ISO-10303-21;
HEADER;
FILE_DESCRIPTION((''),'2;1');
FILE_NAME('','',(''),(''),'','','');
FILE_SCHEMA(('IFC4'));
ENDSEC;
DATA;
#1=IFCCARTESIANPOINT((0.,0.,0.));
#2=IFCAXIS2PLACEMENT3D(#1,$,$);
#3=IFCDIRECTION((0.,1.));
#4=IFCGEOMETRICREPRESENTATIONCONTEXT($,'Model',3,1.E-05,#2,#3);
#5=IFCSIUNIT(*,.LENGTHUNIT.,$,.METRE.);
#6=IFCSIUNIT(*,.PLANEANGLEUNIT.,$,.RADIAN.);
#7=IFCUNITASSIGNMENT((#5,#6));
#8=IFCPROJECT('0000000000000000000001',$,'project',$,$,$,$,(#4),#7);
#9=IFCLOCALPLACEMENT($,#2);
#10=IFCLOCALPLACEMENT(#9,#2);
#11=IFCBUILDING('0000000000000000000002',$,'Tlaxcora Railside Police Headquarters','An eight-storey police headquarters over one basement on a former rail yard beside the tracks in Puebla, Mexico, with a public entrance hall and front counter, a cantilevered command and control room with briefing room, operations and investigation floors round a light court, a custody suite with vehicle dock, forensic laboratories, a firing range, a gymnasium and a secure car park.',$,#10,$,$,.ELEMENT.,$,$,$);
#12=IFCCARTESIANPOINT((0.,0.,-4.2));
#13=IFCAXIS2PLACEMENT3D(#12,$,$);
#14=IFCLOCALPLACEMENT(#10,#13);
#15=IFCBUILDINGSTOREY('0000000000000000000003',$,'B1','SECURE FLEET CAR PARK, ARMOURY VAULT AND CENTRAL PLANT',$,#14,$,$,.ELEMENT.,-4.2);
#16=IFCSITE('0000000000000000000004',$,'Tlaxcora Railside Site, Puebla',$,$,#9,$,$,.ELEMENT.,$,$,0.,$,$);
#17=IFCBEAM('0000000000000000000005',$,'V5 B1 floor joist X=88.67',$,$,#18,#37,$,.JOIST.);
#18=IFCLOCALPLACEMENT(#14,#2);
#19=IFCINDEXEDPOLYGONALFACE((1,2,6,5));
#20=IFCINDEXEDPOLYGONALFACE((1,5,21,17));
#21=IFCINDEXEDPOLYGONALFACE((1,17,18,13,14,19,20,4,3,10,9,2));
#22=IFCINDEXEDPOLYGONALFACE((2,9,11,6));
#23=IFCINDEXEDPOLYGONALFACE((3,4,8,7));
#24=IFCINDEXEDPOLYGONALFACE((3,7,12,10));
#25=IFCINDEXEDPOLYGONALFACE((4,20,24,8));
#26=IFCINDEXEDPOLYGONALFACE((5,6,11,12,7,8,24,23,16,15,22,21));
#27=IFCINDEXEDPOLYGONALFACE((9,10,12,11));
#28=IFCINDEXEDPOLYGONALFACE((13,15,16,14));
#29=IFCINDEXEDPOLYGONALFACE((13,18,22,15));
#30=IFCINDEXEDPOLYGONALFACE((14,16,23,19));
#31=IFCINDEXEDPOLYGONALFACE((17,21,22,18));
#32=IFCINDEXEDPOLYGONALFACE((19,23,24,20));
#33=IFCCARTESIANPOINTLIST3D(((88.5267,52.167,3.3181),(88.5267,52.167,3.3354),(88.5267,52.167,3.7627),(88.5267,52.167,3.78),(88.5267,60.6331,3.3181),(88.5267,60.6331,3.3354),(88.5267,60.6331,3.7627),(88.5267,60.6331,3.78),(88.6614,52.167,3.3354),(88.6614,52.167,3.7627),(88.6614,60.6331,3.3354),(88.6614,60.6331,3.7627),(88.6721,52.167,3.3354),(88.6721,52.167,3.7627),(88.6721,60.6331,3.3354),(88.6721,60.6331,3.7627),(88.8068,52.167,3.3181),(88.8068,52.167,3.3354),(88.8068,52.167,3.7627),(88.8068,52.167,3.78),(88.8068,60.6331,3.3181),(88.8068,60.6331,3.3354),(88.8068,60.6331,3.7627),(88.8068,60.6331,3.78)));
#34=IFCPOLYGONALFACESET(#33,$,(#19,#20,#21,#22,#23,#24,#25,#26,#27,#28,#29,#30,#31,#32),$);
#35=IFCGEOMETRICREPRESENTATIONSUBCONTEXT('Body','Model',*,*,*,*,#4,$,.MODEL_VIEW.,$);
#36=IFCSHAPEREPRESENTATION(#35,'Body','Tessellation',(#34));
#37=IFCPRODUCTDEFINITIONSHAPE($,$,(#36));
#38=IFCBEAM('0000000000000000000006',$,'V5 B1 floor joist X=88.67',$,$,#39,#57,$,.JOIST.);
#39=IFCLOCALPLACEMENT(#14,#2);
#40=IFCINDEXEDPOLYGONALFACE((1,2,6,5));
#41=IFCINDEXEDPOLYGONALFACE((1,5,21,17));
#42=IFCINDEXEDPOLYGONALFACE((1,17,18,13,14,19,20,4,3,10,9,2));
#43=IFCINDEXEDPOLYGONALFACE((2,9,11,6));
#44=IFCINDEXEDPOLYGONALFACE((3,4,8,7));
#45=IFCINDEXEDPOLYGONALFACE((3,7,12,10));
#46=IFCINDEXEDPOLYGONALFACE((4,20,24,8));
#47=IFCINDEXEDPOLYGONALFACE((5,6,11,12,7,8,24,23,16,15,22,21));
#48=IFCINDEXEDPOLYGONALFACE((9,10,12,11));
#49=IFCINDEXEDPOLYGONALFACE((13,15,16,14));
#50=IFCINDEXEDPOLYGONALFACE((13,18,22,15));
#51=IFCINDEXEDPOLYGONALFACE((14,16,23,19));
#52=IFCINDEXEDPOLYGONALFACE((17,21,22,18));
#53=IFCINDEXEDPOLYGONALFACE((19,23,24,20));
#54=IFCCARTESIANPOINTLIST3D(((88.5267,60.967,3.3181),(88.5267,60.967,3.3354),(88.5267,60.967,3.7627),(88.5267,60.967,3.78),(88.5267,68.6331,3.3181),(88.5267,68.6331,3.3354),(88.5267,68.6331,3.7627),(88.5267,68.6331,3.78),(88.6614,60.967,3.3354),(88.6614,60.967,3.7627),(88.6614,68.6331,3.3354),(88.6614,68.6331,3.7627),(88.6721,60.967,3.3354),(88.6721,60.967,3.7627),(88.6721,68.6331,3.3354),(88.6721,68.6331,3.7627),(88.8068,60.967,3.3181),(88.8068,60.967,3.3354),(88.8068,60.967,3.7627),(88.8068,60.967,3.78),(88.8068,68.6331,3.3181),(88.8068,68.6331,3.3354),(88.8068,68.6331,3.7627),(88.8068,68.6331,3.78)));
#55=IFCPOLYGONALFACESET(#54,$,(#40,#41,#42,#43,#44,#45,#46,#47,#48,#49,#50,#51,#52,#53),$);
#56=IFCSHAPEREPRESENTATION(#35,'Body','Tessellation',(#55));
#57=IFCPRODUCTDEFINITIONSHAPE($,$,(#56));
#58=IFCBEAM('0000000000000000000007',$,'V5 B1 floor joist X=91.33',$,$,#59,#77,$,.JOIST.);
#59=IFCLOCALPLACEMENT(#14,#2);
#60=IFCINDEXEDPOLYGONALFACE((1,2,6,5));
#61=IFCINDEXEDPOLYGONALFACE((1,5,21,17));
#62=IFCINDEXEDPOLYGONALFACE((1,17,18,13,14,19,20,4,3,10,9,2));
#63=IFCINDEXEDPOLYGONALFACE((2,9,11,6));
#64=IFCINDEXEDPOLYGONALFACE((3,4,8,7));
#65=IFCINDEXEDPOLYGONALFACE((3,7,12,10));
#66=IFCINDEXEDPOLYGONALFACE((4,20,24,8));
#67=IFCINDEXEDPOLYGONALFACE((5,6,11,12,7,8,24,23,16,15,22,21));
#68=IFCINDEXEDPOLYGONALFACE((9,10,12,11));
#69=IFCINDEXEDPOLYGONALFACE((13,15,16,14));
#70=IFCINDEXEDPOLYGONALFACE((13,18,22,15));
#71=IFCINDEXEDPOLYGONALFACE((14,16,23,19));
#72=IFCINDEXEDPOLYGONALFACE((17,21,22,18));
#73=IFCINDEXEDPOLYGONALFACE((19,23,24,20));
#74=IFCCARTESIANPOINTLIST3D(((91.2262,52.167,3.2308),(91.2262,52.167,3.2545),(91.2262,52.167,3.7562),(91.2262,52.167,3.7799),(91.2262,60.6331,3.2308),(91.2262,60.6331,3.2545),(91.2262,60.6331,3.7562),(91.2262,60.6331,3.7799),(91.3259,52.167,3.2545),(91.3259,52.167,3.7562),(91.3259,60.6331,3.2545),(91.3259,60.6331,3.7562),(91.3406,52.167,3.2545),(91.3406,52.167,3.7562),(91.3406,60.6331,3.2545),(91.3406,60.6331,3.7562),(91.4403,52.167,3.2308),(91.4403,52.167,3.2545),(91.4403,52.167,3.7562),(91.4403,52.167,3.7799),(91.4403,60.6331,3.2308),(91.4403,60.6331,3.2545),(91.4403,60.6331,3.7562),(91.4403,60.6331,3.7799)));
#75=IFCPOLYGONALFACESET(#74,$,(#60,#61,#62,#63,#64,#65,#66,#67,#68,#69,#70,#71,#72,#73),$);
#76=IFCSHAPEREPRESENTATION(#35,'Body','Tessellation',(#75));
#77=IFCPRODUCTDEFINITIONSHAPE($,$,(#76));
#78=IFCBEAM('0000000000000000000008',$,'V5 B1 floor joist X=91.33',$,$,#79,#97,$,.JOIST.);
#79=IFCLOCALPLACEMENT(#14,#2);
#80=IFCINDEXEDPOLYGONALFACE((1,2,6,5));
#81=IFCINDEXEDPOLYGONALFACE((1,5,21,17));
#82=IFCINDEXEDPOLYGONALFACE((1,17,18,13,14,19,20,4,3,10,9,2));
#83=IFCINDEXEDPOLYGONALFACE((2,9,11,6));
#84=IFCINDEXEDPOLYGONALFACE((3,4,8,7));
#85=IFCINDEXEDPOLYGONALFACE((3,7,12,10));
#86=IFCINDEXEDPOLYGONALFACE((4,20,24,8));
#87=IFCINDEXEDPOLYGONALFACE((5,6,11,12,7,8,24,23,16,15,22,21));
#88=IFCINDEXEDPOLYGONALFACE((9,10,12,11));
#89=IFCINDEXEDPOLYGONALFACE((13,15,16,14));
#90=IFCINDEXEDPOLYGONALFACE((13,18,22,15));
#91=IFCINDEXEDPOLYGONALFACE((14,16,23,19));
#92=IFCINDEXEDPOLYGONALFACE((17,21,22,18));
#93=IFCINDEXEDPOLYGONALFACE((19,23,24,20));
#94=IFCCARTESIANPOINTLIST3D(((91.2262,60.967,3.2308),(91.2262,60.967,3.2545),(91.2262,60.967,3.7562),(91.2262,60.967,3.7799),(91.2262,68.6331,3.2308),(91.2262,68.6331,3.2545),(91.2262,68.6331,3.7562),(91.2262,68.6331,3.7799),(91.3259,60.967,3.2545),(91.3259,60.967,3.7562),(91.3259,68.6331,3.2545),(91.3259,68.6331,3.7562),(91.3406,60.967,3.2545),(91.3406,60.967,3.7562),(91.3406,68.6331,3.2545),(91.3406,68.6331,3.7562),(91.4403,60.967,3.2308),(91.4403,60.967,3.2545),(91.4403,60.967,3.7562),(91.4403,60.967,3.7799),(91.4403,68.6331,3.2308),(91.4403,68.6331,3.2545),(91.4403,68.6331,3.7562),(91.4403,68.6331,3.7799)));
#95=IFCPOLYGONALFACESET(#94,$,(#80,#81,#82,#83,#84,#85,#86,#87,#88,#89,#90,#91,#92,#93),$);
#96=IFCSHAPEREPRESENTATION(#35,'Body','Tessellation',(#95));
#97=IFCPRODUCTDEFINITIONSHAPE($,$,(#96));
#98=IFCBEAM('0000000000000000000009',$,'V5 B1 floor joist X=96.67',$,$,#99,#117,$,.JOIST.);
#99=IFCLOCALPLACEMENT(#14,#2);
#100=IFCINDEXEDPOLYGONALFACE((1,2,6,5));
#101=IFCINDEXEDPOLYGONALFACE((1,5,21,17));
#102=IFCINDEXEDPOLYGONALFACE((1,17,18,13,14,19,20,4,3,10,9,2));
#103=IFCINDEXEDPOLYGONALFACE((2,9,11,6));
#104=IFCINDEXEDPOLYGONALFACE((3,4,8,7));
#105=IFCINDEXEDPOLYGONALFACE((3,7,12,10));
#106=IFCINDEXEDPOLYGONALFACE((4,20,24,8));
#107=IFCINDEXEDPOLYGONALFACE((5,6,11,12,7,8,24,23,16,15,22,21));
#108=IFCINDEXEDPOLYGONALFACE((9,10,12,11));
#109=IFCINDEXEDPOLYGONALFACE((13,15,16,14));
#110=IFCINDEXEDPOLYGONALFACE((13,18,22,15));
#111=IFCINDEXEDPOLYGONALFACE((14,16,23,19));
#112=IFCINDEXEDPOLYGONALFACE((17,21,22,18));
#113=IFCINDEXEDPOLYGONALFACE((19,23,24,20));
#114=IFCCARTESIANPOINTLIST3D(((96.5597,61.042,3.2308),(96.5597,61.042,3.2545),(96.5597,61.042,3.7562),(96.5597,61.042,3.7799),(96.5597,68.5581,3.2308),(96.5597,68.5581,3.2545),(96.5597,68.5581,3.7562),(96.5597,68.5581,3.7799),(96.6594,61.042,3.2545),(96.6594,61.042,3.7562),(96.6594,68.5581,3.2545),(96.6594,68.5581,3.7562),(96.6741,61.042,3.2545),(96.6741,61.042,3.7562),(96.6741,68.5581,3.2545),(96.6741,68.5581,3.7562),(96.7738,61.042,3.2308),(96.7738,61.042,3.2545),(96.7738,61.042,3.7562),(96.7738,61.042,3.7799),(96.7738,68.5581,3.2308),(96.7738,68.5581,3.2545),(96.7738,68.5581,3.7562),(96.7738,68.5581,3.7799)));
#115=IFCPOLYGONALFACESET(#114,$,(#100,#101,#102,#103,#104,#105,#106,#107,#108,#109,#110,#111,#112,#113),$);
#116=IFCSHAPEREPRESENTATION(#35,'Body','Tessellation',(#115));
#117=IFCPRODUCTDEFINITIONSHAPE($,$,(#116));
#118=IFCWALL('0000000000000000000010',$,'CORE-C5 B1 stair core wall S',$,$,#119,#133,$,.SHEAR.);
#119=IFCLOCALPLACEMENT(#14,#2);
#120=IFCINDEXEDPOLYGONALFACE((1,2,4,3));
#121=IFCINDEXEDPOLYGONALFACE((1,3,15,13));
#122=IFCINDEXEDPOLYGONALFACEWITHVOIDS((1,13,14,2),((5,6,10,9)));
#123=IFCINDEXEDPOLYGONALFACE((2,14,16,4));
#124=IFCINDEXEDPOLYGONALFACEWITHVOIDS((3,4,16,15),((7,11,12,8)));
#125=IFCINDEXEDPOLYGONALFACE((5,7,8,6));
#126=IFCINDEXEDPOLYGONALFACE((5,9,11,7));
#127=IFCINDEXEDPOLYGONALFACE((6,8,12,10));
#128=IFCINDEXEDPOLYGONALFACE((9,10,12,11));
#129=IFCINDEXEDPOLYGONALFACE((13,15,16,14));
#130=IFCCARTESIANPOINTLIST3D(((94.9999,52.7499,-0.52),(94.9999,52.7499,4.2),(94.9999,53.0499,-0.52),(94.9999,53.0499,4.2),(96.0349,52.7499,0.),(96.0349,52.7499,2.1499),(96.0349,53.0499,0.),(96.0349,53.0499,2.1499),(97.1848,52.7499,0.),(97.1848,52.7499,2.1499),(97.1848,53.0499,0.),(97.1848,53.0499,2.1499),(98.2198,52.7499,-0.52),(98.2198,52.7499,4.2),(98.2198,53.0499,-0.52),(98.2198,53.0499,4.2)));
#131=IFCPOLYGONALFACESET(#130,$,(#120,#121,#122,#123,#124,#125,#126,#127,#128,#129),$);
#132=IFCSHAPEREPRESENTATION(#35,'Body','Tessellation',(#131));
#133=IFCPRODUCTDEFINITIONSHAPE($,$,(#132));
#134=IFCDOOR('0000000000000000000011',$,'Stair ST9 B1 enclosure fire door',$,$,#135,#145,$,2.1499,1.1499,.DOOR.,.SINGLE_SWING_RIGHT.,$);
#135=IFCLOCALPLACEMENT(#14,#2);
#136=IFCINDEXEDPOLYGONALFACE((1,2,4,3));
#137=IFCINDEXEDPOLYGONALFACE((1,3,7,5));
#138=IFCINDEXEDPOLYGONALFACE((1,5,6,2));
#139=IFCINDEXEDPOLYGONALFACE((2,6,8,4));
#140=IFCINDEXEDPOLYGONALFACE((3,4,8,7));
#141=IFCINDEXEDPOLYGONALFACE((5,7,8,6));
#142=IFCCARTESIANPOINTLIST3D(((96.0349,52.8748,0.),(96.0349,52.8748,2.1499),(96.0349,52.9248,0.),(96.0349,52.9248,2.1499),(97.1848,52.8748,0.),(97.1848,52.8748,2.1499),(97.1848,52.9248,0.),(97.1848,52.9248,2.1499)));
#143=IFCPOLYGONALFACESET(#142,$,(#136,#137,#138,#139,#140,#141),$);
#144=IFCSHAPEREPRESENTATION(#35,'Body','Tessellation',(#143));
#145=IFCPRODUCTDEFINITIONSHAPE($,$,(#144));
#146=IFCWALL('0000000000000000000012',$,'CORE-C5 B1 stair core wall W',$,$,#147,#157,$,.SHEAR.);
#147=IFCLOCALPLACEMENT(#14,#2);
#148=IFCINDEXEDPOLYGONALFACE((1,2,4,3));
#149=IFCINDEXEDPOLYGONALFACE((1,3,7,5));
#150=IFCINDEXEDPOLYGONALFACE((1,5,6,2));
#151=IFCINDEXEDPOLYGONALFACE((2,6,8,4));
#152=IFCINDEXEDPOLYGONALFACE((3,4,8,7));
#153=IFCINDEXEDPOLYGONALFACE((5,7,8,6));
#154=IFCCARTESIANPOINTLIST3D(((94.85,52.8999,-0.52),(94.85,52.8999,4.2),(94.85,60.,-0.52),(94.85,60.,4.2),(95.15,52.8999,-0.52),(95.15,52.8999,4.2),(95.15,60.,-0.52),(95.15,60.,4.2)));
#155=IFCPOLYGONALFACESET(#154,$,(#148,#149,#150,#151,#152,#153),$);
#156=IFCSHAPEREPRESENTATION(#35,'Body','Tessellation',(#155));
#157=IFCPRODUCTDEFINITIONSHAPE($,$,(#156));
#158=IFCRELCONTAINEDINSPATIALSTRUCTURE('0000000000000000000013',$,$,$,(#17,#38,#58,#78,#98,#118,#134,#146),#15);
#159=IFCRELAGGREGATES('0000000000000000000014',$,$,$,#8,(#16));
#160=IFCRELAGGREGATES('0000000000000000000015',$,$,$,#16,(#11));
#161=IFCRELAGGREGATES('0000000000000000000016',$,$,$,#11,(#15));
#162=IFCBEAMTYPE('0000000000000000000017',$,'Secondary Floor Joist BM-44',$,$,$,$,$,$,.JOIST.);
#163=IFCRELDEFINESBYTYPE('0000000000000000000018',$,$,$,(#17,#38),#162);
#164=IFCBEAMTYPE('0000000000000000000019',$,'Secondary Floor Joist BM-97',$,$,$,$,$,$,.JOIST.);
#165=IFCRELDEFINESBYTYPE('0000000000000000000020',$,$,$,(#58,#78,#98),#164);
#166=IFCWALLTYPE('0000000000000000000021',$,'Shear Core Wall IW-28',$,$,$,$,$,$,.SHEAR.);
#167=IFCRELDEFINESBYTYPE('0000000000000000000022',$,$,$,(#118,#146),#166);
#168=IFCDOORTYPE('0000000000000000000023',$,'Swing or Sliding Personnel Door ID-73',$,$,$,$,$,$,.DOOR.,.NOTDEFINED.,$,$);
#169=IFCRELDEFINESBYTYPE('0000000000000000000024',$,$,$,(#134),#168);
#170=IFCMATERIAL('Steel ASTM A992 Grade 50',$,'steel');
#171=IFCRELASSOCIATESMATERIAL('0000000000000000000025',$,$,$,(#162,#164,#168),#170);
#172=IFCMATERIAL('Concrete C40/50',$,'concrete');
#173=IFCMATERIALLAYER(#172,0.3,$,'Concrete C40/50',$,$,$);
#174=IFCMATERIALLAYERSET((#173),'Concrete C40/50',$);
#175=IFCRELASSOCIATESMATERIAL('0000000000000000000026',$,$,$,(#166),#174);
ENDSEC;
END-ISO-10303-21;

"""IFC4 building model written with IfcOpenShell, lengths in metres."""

from ifc_helpers import new_model, si_unit, direction, frame, frame_2d, origin, origin_2d, place, context, subcontext, project, spatial, rectangle, i_section, extrude, material, layer, layer_set, material_profile, profile_set, type_object, element, fill, save


model = new_model("IFC4")

# Units and contexts
model_context = context("Model", 3, precision=1e-05, world=origin(), true_north=direction((0.0, 1.0)))
body_context = subcontext(model_context, "Body", "Model", "MODEL_VIEW")
ifc_project = project(units=[si_unit("LENGTHUNIT", "METRE"), si_unit("PLANEANGLEUNIT", "RADIAN")], contexts=[model_context])

# Site, building, storey
site_placement = place(None, origin())
site = spatial("IfcSite", under=ifc_project, at=site_placement, Name="Tlaxcora Railside Site, Puebla", CompositionType="ELEMENT", RefElevation=0.0)
building_placement = place(site_placement, origin())
building = spatial("IfcBuilding", under=site, at=building_placement, Name="Tlaxcora Railside Police Headquarters", Description="An eight-storey police headquarters over one basement on a former rail yard beside the tracks in Puebla, Mexico, with a public entrance hall and front counter, a cantilevered command and control room with briefing room, operations and investigation floors round a light court, a custody suite with vehicle dock, forensic laboratories, a firing range, a gymnasium and a secure car park.", CompositionType="ELEMENT")
storey_placement = place(building_placement, frame((0.0, 0.0, -4.2)))
storey = spatial("IfcBuildingStorey", under=building, at=storey_placement, Name="B1", Description="SECURE FLEET CAR PARK, ARMOURY VAULT AND CENTRAL PLANT", CompositionType="ELEMENT", Elevation=-4.2)

# Shared definitions
ifc_material_1 = material(Name="Concrete C40/50", Category="concrete")

# Beams
ifc_material_2 = material(Name="Steel ASTM A992 Grade 50", Category="steel")
ifc_material_profile_1 = material_profile(ifc_material_2, i_section(OverallWidth=0.28, OverallDepth=0.4619, WebThickness=0.0107, FlangeThickness=0.0173, at=origin_2d()), Name="W18X76")
ifc_profile_set_1 = profile_set([ifc_material_profile_1], Name="Steel ASTM A992 Grade 50")
beam_type_1 = type_object("IfcBeamType", Name="Secondary Floor Joist BM-44", PredefinedType="JOIST", material=ifc_profile_set_1)
beam_1_placement = place(storey_placement, frame((88.6667, 52.167, 3.5491), z_axis=(0.0, 1.0, 0.0), x_axis=(-1.0, 0.0, 0.0)))
element("IfcBeam", 1, at=beam_1_placement, inside=storey, type_object=beam_type_1, Name="V5 B1 floor joist X=88.67", PredefinedType="JOIST", context=body_context, shape_type="SweptSolid", body=[
    extrude(i_section(OverallWidth=0.28, OverallDepth=0.4619, WebThickness=0.0107, FlangeThickness=0.0173, at=origin_2d()), origin(), (0.0, 0.0, 1.0), 8.4661),
])
beam_2_placement = place(storey_placement, frame((88.6667, 60.967, 3.5491), z_axis=(0.0, 1.0, 0.0), x_axis=(-1.0, 0.0, 0.0)))
element("IfcBeam", 2, at=beam_2_placement, inside=storey, type_object=beam_type_1, Name="V5 B1 floor joist X=88.67", PredefinedType="JOIST", context=body_context, shape_type="SweptSolid", body=[
    extrude(i_section(OverallWidth=0.28, OverallDepth=0.4619, WebThickness=0.0107, FlangeThickness=0.0173, at=origin_2d()), origin(), (0.0, 0.0, 1.0), 7.666),
])
ifc_material_profile_2 = material_profile(ifc_material_2, i_section(OverallWidth=0.2141, OverallDepth=0.5491, WebThickness=0.0146, FlangeThickness=0.0237, at=origin_2d()), Name="W21X93")
ifc_profile_set_2 = profile_set([ifc_material_profile_2], Name="Steel ASTM A992 Grade 50")
beam_type_2 = type_object("IfcBeamType", Name="Secondary Floor Joist BM-97", PredefinedType="JOIST", material=ifc_profile_set_2)
beam_3_placement = place(storey_placement, frame((91.3333, 52.167, 3.5054), z_axis=(0.0, 1.0, 0.0), x_axis=(-1.0, 0.0, 0.0)))
element("IfcBeam", 3, at=beam_3_placement, inside=storey, type_object=beam_type_2, Name="V5 B1 floor joist X=91.33", PredefinedType="JOIST", context=body_context, shape_type="SweptSolid", body=[
    extrude(i_section(OverallWidth=0.2141, OverallDepth=0.5491, WebThickness=0.0146, FlangeThickness=0.0237, at=origin_2d()), origin(), (0.0, 0.0, 1.0), 8.4661),
])
beam_4_placement = place(storey_placement, frame((91.3333, 60.967, 3.5054), z_axis=(0.0, 1.0, 0.0), x_axis=(-1.0, 0.0, 0.0)))
element("IfcBeam", 4, at=beam_4_placement, inside=storey, type_object=beam_type_2, Name="V5 B1 floor joist X=91.33", PredefinedType="JOIST", context=body_context, shape_type="SweptSolid", body=[
    extrude(i_section(OverallWidth=0.2141, OverallDepth=0.5491, WebThickness=0.0146, FlangeThickness=0.0237, at=origin_2d()), origin(), (0.0, 0.0, 1.0), 7.666),
])
beam_5_placement = place(storey_placement, frame((96.6667, 61.042, 3.5054), z_axis=(0.0, 1.0, 0.0), x_axis=(-1.0, 0.0, 0.0)))
element("IfcBeam", 5, at=beam_5_placement, inside=storey, type_object=beam_type_2, Name="V5 B1 floor joist X=96.67", PredefinedType="JOIST", context=body_context, shape_type="SweptSolid", body=[
    extrude(i_section(OverallWidth=0.2141, OverallDepth=0.5491, WebThickness=0.0146, FlangeThickness=0.0237, at=origin_2d()), origin(), (0.0, 0.0, 1.0), 7.5161),
])

# Wall, opening, door
ifc_layer_1 = layer(ifc_material_1, 0.3, Name="Concrete C40/50")
ifc_layer_set_1 = layer_set([ifc_layer_1], Name="Concrete C40/50")
wall_type = type_object("IfcWallType", Name="Shear Core Wall IW-28", PredefinedType="SHEAR", material=ifc_layer_set_1)
wall_1_placement = place(storey_placement, frame((95.0, 52.8999, -0.52), z_axis=(0.0, 0.0, 1.0), x_axis=(1.0, 0.0, 0.0)))
wall_1 = element("IfcWall", 6, at=wall_1_placement, inside=storey, type_object=wall_type, Name="CORE-C5 B1 stair core wall S", PredefinedType="SHEAR", context=body_context, shape_type="SweptSolid", body=[
    extrude(rectangle(XDim=3.22, YDim=0.3, at=frame_2d((1.6099, 0.0))), origin(), (0.0, 0.0, 1.0), 4.72),
])
opening_placement = place(wall_1_placement, frame((1.0349, 0.0, 0.52)))
opening = element("IfcOpeningElement", 7, at=opening_placement, cuts=wall_1, PredefinedType="OPENING", context=body_context, shape_type="SweptSolid", body=[
    extrude(rectangle(XDim=1.1499, YDim=2.1499, at=frame_2d((0.575, 1.075))), frame((0.0, 0.1602, 0.0), z_axis=(0.0, -1.0, 0.0), x_axis=(1.0, 0.0, 0.0)), (0.0, 0.0, 1.0), 0.3201),
])
door_type = type_object("IfcDoorType", Name="Swing or Sliding Personnel Door ID-73", OperationType="NOTDEFINED", PredefinedType="DOOR", material=ifc_material_2)
door_placement = place(opening_placement, origin())
door = element("IfcDoor", 8, at=door_placement, inside=storey, type_object=door_type, Name="Stair ST9 B1 enclosure fire door", OperationType="SINGLE_SWING_RIGHT", OverallHeight=2.1499, OverallWidth=1.1499, PredefinedType="DOOR", context=body_context, shape_type="SweptSolid", body=[
    extrude(rectangle(XDim=1.1499, YDim=2.1499, at=frame_2d((0.575, 1.075))), frame((0.0, 0.0249, 0.0), z_axis=(0.0, -1.0, 0.0), x_axis=(1.0, 0.0, 0.0)), (0.0, 0.0, 1.0), 0.05),
])
fill(opening, door)

# Wall
wall_2_placement = place(storey_placement, frame((95.0, 60.0, -0.52), z_axis=(0.0, 0.0, 1.0), x_axis=(0.0, -1.0, 0.0)))
element("IfcWall", 9, at=wall_2_placement, inside=storey, type_object=wall_type, Name="CORE-C5 B1 stair core wall W", PredefinedType="SHEAR", context=body_context, shape_type="SweptSolid", body=[
    extrude(rectangle(XDim=7.1001, YDim=0.3, at=frame_2d((3.55, 0.0))), origin(), (0.0, 0.0, 1.0), 4.72),
])

save(model, "model.ifc")
